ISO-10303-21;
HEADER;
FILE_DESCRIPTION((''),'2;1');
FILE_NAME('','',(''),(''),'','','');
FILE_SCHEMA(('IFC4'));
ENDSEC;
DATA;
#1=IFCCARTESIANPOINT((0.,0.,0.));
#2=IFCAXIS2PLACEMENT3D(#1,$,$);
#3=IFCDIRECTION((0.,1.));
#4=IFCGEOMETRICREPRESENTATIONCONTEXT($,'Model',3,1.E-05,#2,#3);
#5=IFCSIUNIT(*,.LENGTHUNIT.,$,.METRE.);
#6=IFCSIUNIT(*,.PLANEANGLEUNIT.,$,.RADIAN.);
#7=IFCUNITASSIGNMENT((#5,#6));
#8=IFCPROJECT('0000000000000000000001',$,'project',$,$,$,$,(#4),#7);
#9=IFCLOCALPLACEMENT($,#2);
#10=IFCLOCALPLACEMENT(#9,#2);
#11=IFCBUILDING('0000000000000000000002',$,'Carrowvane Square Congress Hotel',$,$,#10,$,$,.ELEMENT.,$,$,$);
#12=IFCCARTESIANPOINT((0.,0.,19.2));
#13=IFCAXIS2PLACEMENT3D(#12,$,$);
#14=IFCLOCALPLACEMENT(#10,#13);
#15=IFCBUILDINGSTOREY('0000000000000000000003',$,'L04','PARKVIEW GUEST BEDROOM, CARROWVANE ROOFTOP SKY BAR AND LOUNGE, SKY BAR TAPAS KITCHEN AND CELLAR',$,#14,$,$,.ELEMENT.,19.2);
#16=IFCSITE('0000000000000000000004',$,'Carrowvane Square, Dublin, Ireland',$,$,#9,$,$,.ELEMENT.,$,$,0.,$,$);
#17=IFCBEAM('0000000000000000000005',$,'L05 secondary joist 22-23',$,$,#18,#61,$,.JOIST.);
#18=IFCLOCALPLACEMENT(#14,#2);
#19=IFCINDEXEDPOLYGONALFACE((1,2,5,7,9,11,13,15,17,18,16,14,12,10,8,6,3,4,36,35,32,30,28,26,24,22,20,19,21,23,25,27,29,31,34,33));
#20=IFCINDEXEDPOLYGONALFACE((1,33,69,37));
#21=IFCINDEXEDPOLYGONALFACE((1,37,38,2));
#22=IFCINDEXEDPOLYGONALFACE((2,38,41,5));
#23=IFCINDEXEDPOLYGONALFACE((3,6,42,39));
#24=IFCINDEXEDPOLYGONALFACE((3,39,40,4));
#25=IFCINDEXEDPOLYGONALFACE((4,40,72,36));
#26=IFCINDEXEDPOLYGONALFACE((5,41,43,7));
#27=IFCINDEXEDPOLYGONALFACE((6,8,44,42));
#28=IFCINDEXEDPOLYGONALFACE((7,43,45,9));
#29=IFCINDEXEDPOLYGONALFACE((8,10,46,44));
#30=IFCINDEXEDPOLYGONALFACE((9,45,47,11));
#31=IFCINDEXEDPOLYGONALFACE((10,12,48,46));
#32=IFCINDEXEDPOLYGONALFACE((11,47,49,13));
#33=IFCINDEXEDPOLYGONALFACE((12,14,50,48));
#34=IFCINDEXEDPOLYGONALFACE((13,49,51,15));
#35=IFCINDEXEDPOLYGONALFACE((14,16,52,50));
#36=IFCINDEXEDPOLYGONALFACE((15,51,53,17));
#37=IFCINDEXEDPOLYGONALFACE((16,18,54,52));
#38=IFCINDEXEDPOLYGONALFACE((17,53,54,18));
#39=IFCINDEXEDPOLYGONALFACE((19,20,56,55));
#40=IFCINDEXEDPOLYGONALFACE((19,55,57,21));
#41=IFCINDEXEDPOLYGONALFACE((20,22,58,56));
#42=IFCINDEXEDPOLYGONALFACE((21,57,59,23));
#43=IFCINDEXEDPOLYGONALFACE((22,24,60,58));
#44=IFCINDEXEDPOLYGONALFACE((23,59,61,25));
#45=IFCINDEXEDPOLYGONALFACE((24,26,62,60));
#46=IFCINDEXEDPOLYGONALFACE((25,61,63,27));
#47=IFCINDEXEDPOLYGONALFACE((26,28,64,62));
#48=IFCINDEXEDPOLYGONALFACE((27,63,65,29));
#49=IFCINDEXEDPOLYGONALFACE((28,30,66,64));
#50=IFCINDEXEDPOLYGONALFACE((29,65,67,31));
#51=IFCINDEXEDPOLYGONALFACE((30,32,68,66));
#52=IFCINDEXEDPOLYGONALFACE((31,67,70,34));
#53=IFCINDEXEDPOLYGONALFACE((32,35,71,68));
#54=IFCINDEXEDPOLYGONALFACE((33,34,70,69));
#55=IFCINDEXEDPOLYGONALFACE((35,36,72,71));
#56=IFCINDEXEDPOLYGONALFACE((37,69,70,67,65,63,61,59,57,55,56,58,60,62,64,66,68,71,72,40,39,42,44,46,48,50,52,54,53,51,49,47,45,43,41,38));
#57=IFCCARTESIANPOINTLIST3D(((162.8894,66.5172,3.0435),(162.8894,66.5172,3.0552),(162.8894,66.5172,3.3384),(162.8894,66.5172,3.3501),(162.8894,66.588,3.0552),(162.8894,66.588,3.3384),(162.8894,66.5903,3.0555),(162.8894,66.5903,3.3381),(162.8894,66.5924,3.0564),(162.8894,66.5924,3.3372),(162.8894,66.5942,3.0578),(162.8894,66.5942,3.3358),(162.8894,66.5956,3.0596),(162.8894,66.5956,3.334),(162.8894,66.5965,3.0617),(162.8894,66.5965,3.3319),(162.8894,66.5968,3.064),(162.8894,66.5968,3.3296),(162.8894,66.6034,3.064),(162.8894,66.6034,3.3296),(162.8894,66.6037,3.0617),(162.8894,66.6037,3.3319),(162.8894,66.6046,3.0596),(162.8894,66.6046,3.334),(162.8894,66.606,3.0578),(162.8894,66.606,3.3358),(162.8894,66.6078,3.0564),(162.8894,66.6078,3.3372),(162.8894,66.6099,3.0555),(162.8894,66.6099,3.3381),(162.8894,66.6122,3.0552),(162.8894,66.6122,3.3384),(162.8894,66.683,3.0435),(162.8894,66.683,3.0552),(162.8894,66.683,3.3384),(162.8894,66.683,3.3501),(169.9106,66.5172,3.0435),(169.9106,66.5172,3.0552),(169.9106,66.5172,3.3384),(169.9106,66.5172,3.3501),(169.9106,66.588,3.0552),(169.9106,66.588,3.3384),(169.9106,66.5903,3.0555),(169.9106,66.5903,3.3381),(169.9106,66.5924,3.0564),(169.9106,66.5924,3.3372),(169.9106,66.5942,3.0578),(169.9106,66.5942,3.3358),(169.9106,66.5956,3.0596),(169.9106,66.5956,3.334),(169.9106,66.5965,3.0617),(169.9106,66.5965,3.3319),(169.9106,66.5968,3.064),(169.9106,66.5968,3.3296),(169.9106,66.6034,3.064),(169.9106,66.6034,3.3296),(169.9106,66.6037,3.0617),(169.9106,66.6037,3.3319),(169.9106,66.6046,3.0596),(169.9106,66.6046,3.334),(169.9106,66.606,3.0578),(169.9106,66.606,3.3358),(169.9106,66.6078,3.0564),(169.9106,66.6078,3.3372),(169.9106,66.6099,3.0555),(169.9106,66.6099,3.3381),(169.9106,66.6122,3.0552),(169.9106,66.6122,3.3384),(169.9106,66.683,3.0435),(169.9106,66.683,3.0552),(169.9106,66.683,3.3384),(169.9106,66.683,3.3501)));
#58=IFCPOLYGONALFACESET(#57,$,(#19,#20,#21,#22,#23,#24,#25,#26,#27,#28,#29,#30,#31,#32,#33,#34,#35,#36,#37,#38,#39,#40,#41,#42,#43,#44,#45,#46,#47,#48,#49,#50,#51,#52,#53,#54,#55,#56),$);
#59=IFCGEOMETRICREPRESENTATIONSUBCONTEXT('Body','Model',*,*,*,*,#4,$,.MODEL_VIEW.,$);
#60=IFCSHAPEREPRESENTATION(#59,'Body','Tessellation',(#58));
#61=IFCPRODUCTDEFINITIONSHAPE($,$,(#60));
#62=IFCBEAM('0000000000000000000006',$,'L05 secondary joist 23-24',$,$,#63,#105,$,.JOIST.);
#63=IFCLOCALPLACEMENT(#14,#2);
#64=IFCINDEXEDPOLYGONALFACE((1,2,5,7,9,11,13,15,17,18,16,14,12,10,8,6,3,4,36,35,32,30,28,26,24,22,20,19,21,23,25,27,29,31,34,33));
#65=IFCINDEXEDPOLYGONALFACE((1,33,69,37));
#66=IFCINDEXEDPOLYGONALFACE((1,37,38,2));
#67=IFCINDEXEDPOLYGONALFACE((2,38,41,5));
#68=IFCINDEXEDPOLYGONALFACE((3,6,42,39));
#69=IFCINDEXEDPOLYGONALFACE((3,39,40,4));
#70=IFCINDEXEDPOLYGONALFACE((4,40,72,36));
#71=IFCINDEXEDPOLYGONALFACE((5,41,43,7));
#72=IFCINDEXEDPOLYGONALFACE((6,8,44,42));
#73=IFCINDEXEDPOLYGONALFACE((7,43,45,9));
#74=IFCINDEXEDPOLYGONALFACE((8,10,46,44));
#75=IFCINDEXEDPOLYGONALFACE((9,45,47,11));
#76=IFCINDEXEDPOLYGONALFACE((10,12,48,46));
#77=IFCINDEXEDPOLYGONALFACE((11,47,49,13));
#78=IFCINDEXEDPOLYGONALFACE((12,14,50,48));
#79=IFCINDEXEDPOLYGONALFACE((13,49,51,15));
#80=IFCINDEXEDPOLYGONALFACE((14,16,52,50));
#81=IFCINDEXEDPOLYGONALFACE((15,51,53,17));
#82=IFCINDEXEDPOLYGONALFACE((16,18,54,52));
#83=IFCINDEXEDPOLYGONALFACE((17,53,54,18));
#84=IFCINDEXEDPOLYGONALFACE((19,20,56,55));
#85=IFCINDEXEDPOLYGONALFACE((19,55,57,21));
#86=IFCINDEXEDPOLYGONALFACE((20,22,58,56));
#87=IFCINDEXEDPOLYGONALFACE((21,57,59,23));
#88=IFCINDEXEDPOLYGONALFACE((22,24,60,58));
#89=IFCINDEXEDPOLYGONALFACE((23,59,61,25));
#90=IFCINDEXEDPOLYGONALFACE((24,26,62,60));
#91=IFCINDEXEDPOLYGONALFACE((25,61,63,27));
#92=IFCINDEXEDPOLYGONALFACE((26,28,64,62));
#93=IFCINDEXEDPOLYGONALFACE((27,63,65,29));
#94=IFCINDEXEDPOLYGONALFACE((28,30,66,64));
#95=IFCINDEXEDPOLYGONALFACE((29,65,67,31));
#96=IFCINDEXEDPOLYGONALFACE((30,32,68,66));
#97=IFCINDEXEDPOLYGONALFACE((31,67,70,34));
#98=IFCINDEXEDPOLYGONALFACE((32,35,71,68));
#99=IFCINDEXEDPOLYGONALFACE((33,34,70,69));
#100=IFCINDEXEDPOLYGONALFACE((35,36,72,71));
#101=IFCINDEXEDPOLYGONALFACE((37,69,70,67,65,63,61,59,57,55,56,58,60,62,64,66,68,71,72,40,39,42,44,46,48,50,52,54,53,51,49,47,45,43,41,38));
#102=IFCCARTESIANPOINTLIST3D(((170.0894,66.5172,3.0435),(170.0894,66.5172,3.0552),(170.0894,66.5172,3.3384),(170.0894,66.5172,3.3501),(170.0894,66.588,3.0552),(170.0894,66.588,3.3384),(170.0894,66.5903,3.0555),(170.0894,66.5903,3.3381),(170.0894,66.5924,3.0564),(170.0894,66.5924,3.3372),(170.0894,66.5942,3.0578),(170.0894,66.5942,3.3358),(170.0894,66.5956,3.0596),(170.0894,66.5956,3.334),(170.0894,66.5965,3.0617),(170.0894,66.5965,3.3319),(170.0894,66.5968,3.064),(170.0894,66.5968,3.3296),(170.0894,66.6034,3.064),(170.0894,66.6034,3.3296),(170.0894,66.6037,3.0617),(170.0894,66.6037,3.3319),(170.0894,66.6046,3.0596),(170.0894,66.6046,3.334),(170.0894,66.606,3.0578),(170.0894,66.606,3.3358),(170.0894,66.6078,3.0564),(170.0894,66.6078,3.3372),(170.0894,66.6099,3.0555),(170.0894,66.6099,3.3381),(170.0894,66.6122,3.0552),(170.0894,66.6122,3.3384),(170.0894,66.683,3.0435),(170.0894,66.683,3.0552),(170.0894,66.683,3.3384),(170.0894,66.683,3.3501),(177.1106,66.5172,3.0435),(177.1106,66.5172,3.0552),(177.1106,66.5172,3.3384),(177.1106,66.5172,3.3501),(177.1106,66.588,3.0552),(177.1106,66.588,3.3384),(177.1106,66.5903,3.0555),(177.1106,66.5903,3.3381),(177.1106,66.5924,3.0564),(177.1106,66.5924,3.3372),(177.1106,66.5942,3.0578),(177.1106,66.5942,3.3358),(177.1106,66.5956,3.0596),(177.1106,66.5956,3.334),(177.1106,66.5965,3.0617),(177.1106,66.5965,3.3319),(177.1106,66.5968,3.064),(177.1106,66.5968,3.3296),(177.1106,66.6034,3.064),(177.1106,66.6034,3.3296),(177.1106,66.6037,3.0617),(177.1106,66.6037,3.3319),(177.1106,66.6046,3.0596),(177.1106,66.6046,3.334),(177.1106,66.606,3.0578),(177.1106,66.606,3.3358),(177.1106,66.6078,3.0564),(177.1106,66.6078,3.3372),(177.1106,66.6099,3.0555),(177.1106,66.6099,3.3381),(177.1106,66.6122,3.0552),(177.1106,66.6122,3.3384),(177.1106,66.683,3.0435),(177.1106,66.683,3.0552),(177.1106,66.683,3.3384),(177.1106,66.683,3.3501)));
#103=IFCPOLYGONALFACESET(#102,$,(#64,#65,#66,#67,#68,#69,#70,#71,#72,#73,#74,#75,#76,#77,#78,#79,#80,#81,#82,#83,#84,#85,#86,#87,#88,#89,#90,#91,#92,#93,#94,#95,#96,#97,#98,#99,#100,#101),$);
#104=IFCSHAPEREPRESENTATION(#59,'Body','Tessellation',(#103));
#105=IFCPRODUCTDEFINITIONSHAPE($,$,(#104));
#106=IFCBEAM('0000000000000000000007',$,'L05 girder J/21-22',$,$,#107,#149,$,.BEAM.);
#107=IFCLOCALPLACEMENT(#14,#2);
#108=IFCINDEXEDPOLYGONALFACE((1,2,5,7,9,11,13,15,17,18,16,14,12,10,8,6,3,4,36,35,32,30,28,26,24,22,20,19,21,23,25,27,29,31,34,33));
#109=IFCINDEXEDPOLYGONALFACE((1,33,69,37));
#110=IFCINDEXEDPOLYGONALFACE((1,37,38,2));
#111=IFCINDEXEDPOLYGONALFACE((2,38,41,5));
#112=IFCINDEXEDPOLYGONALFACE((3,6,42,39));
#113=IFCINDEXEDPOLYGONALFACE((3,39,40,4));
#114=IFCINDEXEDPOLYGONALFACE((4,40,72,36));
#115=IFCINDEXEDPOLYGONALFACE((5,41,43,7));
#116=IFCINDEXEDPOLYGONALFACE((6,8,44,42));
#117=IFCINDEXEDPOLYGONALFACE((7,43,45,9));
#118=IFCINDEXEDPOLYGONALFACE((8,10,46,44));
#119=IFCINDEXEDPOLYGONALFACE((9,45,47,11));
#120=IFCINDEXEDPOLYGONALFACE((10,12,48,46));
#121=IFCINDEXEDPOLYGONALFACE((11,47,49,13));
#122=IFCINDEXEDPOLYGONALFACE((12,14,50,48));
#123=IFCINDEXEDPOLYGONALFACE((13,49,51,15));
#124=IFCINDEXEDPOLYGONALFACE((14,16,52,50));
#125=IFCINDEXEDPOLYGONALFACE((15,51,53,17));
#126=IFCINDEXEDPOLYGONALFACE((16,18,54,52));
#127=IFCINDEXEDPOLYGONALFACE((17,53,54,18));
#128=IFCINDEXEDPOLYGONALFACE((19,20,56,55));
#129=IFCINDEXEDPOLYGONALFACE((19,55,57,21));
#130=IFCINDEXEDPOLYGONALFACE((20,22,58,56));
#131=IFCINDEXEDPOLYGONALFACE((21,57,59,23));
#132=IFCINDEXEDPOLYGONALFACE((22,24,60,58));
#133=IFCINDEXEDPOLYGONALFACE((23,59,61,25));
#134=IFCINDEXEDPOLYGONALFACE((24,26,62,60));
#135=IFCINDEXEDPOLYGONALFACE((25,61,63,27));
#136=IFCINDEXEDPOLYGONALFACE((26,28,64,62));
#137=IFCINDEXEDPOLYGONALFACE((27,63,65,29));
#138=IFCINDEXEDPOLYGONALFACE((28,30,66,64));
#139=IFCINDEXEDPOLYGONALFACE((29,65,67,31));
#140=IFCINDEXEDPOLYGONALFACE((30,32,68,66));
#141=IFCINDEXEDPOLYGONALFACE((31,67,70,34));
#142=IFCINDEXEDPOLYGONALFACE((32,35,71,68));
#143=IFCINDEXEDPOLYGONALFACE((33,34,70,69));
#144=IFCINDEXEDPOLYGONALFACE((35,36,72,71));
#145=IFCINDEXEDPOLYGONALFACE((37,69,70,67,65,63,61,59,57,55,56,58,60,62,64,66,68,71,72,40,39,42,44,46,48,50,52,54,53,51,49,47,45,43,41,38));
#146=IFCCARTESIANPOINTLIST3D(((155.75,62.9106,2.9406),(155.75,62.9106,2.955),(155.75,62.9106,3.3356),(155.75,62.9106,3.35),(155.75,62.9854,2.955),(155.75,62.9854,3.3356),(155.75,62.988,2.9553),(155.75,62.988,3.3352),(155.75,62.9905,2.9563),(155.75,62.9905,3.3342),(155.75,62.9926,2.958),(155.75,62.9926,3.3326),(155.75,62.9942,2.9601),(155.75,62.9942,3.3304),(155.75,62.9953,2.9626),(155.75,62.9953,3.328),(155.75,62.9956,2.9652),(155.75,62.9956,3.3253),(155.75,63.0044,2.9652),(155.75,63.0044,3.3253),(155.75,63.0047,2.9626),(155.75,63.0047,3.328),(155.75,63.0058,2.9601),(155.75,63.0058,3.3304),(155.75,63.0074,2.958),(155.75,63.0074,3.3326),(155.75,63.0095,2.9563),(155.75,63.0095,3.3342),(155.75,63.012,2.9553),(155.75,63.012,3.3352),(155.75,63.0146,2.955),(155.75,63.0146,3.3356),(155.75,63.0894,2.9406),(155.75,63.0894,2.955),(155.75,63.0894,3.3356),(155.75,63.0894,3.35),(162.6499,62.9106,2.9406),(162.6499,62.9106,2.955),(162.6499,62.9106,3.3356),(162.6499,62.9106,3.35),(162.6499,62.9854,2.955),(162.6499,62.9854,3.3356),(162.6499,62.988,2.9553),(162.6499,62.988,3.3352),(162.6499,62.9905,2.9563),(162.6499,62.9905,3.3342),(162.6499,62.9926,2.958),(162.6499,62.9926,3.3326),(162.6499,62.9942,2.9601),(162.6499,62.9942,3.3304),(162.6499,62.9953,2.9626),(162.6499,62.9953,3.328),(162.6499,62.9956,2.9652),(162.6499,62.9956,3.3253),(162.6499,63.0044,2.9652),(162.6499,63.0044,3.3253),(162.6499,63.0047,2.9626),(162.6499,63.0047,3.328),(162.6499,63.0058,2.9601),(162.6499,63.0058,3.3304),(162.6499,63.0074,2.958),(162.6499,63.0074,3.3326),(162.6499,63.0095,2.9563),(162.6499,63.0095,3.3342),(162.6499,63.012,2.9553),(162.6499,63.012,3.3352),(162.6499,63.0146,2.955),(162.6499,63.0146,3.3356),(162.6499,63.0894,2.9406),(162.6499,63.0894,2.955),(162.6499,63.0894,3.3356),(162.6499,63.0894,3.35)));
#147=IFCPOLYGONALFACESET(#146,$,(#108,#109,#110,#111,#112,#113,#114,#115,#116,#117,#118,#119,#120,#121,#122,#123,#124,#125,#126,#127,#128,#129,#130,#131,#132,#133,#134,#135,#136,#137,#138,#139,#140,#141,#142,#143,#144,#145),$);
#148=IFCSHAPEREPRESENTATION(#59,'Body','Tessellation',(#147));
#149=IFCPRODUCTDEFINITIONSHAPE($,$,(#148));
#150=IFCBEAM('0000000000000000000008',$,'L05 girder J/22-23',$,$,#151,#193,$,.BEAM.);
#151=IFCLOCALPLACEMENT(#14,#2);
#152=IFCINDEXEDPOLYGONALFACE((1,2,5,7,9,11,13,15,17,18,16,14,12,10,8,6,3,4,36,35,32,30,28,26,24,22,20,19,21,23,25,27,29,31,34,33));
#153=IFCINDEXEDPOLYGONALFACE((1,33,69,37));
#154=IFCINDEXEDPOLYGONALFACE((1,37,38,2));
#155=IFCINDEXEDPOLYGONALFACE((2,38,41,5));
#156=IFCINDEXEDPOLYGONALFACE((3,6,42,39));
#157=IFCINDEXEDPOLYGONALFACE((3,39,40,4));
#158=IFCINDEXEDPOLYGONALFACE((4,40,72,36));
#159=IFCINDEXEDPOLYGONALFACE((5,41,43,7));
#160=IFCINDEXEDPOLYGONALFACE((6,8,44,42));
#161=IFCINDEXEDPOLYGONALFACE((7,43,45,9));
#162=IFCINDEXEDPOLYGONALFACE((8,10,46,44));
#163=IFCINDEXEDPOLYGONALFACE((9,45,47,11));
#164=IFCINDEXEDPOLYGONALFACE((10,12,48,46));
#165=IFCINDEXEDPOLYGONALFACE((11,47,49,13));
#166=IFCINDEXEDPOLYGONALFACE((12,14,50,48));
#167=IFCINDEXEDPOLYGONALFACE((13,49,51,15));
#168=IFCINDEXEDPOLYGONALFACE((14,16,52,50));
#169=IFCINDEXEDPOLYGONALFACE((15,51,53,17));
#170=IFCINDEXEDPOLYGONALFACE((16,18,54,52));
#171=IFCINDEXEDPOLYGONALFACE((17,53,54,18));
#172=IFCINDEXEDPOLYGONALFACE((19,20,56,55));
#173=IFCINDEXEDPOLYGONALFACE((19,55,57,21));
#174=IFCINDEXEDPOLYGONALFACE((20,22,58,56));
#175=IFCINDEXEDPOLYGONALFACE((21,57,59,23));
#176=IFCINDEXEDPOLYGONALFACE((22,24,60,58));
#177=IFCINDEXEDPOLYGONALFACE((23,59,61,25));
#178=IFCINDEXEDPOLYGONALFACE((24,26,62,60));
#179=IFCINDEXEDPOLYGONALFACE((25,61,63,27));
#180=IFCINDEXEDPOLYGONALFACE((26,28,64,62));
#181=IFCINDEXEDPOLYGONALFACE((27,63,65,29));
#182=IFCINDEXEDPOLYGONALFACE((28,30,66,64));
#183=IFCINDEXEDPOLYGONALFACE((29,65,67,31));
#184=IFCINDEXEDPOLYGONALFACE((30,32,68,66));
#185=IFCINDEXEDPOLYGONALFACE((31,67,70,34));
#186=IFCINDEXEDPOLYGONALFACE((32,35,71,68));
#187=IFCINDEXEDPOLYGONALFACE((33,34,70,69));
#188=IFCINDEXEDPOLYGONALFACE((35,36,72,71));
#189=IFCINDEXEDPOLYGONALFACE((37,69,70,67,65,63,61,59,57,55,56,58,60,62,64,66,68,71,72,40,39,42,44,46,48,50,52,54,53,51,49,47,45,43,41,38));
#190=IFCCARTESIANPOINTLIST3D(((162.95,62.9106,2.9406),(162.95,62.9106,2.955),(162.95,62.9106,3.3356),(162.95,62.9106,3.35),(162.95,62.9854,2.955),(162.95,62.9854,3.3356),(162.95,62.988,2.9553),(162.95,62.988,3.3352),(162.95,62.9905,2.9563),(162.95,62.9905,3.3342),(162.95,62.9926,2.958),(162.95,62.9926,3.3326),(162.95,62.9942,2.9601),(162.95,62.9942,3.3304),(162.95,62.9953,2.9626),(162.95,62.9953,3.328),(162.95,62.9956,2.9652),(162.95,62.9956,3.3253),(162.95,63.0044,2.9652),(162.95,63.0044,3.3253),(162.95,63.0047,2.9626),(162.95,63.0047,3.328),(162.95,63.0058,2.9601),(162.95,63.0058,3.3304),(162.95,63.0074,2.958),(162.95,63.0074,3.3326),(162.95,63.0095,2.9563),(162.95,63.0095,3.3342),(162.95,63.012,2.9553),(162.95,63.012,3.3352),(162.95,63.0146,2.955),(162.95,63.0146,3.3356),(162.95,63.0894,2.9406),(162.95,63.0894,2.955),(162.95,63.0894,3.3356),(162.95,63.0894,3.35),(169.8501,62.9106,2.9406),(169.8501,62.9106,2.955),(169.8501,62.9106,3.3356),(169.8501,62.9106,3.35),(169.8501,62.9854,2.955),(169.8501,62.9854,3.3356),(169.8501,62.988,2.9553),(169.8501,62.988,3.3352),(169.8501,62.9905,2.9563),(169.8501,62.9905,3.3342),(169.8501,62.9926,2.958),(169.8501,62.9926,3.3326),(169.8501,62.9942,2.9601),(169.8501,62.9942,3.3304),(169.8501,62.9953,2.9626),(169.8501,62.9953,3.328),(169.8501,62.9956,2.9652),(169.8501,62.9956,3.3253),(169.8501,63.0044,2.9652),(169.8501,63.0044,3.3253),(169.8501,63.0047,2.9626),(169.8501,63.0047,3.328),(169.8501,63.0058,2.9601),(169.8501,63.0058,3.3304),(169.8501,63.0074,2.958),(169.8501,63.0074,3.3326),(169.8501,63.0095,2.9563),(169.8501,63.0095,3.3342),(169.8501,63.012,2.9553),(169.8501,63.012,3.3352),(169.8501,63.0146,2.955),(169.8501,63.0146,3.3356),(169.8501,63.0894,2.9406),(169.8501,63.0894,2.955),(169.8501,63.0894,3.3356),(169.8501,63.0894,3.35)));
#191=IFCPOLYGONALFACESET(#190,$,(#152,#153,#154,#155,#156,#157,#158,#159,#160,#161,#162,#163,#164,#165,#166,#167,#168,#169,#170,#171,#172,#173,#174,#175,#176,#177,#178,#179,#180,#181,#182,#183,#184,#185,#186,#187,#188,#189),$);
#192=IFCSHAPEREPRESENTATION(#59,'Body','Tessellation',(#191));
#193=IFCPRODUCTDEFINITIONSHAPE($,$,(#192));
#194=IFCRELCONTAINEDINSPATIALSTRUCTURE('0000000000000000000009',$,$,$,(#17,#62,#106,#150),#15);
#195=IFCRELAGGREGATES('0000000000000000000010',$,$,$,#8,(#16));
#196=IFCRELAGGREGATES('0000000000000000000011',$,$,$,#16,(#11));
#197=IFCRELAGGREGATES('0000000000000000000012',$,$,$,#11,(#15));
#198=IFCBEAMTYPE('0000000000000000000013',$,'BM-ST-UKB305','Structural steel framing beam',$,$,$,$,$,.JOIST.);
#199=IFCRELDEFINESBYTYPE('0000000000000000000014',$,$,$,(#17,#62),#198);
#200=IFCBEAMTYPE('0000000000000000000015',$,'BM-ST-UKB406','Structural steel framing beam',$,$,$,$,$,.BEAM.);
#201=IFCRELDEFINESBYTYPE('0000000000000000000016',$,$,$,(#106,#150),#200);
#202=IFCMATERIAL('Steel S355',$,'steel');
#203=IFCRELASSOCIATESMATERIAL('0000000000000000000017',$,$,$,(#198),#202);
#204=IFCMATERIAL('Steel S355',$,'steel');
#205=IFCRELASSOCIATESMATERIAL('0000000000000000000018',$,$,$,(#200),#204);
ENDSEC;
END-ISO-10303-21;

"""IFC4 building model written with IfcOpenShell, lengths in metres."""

from ifc_helpers import new_model, si_unit, direction, frame, origin, origin_2d, place, context, subcontext, project, spatial, i_section, extrude, material, material_profile, profile_set, type_object, element, save


model = new_model("IFC4")

# Units and contexts
model_context = context("Model", 3, precision=1e-05, world=origin(), true_north=direction((0.0, 1.0)))
body_context = subcontext(model_context, "Body", "Model", "MODEL_VIEW")
ifc_project = project(units=[si_unit("LENGTHUNIT", "METRE"), si_unit("PLANEANGLEUNIT", "RADIAN")], contexts=[model_context])

# Site, building, storey
site_placement = place(None, origin())
site = spatial("IfcSite", under=ifc_project, at=site_placement, Name="Carrowvane Square, Dublin, Ireland", CompositionType="ELEMENT", RefElevation=0.0)
building_placement = place(site_placement, origin())
building = spatial("IfcBuilding", under=site, at=building_placement, Name="Carrowvane Square Congress Hotel", CompositionType="ELEMENT")
storey_placement = place(building_placement, frame((0.0, 0.0, 19.2)))
storey = spatial("IfcBuildingStorey", under=building, at=storey_placement, Name="L04", Description="PARKVIEW GUEST BEDROOM, CARROWVANE ROOFTOP SKY BAR AND LOUNGE, SKY BAR TAPAS KITCHEN AND CELLAR", CompositionType="ELEMENT", Elevation=19.2)

# Beams
ifc_material_1 = material(Name="Steel S355", Category="steel")
ifc_material_profile_1 = material_profile(ifc_material_1, i_section(OverallWidth=0.1658, OverallDepth=0.3066, WebThickness=0.0066, FlangeThickness=0.0117, FilletRadius=0.0088, at=origin_2d()), Name="UKB 305x165x46")
ifc_profile_set_1 = profile_set([ifc_material_profile_1], Name="Steel S355")
beam_type_1 = type_object("IfcBeamType", Name="BM-ST-UKB305", Description="Structural steel framing beam", PredefinedType="JOIST", material=ifc_profile_set_1)
for number, where, z_axis, x_axis, name in (
    (1, (162.8894, 66.6001, 3.1968), (1.0, 0.0, 0.0), (0.0, 1.0, 0.0), "L05 secondary joist 22-23"),
    (2, (170.0894, 66.6001, 3.1968), (1.0, 0.0, 0.0), (0.0, 1.0, 0.0), "L05 secondary joist 23-24"),
):
    element("IfcBeam", number, at=place(storey_placement, frame(where, z_axis=z_axis, x_axis=x_axis)), inside=storey, type_object=beam_type_1, Name=name, PredefinedType="JOIST", context=body_context, shape_type="SweptSolid", body=[
        extrude(i_section(OverallWidth=0.1658, OverallDepth=0.3066, WebThickness=0.0066, FlangeThickness=0.0117, FilletRadius=0.0088, at=origin_2d()), origin(), (0.0, 0.0, 1.0), 7.0212),
    ])
ifc_material_2 = material(Name="Steel S355", Category="steel")
ifc_material_profile_2 = material_profile(ifc_material_2, i_section(OverallWidth=0.1787, OverallDepth=0.4094, WebThickness=0.0088, FlangeThickness=0.0144, FilletRadius=0.0103, at=origin_2d()), Name="UKB 406x178x67")
ifc_profile_set_2 = profile_set([ifc_material_profile_2], Name="Steel S355")
beam_type_2 = type_object("IfcBeamType", Name="BM-ST-UKB406", Description="Structural steel framing beam", PredefinedType="BEAM", material=ifc_profile_set_2)
beam_1_placement = place(storey_placement, frame((155.75, 63.0, 3.1453), z_axis=(1.0, 0.0, 0.0), x_axis=(0.0, 1.0, 0.0)))
element("IfcBeam", 3, at=beam_1_placement, inside=storey, type_object=beam_type_2, Name="L05 girder J/21-22", PredefinedType="BEAM", context=body_context, shape_type="SweptSolid", body=[
    extrude(i_section(OverallWidth=0.1787, OverallDepth=0.4094, WebThickness=0.0088, FlangeThickness=0.0144, FilletRadius=0.0103, at=origin_2d()), origin(), (0.0, 0.0, 1.0), 6.8999),
])
for number, where, z_axis, x_axis, name in (
    (4, (162.95, 63.0, 3.1453), (1.0, 0.0, 0.0), (0.0, 1.0, 0.0), "L05 girder J/22-23"),
):
    element("IfcBeam", number, at=place(storey_placement, frame(where, z_axis=z_axis, x_axis=x_axis)), inside=storey, type_object=beam_type_2, Name=name, PredefinedType="BEAM", context=body_context, shape_type="SweptSolid", body=[
        extrude(i_section(OverallWidth=0.1787, OverallDepth=0.4094, WebThickness=0.0088, FlangeThickness=0.0144, FilletRadius=0.0103, at=origin_2d()), origin(), (0.0, 0.0, 1.0), 6.9001),
    ])

save(model, "model.ifc")
